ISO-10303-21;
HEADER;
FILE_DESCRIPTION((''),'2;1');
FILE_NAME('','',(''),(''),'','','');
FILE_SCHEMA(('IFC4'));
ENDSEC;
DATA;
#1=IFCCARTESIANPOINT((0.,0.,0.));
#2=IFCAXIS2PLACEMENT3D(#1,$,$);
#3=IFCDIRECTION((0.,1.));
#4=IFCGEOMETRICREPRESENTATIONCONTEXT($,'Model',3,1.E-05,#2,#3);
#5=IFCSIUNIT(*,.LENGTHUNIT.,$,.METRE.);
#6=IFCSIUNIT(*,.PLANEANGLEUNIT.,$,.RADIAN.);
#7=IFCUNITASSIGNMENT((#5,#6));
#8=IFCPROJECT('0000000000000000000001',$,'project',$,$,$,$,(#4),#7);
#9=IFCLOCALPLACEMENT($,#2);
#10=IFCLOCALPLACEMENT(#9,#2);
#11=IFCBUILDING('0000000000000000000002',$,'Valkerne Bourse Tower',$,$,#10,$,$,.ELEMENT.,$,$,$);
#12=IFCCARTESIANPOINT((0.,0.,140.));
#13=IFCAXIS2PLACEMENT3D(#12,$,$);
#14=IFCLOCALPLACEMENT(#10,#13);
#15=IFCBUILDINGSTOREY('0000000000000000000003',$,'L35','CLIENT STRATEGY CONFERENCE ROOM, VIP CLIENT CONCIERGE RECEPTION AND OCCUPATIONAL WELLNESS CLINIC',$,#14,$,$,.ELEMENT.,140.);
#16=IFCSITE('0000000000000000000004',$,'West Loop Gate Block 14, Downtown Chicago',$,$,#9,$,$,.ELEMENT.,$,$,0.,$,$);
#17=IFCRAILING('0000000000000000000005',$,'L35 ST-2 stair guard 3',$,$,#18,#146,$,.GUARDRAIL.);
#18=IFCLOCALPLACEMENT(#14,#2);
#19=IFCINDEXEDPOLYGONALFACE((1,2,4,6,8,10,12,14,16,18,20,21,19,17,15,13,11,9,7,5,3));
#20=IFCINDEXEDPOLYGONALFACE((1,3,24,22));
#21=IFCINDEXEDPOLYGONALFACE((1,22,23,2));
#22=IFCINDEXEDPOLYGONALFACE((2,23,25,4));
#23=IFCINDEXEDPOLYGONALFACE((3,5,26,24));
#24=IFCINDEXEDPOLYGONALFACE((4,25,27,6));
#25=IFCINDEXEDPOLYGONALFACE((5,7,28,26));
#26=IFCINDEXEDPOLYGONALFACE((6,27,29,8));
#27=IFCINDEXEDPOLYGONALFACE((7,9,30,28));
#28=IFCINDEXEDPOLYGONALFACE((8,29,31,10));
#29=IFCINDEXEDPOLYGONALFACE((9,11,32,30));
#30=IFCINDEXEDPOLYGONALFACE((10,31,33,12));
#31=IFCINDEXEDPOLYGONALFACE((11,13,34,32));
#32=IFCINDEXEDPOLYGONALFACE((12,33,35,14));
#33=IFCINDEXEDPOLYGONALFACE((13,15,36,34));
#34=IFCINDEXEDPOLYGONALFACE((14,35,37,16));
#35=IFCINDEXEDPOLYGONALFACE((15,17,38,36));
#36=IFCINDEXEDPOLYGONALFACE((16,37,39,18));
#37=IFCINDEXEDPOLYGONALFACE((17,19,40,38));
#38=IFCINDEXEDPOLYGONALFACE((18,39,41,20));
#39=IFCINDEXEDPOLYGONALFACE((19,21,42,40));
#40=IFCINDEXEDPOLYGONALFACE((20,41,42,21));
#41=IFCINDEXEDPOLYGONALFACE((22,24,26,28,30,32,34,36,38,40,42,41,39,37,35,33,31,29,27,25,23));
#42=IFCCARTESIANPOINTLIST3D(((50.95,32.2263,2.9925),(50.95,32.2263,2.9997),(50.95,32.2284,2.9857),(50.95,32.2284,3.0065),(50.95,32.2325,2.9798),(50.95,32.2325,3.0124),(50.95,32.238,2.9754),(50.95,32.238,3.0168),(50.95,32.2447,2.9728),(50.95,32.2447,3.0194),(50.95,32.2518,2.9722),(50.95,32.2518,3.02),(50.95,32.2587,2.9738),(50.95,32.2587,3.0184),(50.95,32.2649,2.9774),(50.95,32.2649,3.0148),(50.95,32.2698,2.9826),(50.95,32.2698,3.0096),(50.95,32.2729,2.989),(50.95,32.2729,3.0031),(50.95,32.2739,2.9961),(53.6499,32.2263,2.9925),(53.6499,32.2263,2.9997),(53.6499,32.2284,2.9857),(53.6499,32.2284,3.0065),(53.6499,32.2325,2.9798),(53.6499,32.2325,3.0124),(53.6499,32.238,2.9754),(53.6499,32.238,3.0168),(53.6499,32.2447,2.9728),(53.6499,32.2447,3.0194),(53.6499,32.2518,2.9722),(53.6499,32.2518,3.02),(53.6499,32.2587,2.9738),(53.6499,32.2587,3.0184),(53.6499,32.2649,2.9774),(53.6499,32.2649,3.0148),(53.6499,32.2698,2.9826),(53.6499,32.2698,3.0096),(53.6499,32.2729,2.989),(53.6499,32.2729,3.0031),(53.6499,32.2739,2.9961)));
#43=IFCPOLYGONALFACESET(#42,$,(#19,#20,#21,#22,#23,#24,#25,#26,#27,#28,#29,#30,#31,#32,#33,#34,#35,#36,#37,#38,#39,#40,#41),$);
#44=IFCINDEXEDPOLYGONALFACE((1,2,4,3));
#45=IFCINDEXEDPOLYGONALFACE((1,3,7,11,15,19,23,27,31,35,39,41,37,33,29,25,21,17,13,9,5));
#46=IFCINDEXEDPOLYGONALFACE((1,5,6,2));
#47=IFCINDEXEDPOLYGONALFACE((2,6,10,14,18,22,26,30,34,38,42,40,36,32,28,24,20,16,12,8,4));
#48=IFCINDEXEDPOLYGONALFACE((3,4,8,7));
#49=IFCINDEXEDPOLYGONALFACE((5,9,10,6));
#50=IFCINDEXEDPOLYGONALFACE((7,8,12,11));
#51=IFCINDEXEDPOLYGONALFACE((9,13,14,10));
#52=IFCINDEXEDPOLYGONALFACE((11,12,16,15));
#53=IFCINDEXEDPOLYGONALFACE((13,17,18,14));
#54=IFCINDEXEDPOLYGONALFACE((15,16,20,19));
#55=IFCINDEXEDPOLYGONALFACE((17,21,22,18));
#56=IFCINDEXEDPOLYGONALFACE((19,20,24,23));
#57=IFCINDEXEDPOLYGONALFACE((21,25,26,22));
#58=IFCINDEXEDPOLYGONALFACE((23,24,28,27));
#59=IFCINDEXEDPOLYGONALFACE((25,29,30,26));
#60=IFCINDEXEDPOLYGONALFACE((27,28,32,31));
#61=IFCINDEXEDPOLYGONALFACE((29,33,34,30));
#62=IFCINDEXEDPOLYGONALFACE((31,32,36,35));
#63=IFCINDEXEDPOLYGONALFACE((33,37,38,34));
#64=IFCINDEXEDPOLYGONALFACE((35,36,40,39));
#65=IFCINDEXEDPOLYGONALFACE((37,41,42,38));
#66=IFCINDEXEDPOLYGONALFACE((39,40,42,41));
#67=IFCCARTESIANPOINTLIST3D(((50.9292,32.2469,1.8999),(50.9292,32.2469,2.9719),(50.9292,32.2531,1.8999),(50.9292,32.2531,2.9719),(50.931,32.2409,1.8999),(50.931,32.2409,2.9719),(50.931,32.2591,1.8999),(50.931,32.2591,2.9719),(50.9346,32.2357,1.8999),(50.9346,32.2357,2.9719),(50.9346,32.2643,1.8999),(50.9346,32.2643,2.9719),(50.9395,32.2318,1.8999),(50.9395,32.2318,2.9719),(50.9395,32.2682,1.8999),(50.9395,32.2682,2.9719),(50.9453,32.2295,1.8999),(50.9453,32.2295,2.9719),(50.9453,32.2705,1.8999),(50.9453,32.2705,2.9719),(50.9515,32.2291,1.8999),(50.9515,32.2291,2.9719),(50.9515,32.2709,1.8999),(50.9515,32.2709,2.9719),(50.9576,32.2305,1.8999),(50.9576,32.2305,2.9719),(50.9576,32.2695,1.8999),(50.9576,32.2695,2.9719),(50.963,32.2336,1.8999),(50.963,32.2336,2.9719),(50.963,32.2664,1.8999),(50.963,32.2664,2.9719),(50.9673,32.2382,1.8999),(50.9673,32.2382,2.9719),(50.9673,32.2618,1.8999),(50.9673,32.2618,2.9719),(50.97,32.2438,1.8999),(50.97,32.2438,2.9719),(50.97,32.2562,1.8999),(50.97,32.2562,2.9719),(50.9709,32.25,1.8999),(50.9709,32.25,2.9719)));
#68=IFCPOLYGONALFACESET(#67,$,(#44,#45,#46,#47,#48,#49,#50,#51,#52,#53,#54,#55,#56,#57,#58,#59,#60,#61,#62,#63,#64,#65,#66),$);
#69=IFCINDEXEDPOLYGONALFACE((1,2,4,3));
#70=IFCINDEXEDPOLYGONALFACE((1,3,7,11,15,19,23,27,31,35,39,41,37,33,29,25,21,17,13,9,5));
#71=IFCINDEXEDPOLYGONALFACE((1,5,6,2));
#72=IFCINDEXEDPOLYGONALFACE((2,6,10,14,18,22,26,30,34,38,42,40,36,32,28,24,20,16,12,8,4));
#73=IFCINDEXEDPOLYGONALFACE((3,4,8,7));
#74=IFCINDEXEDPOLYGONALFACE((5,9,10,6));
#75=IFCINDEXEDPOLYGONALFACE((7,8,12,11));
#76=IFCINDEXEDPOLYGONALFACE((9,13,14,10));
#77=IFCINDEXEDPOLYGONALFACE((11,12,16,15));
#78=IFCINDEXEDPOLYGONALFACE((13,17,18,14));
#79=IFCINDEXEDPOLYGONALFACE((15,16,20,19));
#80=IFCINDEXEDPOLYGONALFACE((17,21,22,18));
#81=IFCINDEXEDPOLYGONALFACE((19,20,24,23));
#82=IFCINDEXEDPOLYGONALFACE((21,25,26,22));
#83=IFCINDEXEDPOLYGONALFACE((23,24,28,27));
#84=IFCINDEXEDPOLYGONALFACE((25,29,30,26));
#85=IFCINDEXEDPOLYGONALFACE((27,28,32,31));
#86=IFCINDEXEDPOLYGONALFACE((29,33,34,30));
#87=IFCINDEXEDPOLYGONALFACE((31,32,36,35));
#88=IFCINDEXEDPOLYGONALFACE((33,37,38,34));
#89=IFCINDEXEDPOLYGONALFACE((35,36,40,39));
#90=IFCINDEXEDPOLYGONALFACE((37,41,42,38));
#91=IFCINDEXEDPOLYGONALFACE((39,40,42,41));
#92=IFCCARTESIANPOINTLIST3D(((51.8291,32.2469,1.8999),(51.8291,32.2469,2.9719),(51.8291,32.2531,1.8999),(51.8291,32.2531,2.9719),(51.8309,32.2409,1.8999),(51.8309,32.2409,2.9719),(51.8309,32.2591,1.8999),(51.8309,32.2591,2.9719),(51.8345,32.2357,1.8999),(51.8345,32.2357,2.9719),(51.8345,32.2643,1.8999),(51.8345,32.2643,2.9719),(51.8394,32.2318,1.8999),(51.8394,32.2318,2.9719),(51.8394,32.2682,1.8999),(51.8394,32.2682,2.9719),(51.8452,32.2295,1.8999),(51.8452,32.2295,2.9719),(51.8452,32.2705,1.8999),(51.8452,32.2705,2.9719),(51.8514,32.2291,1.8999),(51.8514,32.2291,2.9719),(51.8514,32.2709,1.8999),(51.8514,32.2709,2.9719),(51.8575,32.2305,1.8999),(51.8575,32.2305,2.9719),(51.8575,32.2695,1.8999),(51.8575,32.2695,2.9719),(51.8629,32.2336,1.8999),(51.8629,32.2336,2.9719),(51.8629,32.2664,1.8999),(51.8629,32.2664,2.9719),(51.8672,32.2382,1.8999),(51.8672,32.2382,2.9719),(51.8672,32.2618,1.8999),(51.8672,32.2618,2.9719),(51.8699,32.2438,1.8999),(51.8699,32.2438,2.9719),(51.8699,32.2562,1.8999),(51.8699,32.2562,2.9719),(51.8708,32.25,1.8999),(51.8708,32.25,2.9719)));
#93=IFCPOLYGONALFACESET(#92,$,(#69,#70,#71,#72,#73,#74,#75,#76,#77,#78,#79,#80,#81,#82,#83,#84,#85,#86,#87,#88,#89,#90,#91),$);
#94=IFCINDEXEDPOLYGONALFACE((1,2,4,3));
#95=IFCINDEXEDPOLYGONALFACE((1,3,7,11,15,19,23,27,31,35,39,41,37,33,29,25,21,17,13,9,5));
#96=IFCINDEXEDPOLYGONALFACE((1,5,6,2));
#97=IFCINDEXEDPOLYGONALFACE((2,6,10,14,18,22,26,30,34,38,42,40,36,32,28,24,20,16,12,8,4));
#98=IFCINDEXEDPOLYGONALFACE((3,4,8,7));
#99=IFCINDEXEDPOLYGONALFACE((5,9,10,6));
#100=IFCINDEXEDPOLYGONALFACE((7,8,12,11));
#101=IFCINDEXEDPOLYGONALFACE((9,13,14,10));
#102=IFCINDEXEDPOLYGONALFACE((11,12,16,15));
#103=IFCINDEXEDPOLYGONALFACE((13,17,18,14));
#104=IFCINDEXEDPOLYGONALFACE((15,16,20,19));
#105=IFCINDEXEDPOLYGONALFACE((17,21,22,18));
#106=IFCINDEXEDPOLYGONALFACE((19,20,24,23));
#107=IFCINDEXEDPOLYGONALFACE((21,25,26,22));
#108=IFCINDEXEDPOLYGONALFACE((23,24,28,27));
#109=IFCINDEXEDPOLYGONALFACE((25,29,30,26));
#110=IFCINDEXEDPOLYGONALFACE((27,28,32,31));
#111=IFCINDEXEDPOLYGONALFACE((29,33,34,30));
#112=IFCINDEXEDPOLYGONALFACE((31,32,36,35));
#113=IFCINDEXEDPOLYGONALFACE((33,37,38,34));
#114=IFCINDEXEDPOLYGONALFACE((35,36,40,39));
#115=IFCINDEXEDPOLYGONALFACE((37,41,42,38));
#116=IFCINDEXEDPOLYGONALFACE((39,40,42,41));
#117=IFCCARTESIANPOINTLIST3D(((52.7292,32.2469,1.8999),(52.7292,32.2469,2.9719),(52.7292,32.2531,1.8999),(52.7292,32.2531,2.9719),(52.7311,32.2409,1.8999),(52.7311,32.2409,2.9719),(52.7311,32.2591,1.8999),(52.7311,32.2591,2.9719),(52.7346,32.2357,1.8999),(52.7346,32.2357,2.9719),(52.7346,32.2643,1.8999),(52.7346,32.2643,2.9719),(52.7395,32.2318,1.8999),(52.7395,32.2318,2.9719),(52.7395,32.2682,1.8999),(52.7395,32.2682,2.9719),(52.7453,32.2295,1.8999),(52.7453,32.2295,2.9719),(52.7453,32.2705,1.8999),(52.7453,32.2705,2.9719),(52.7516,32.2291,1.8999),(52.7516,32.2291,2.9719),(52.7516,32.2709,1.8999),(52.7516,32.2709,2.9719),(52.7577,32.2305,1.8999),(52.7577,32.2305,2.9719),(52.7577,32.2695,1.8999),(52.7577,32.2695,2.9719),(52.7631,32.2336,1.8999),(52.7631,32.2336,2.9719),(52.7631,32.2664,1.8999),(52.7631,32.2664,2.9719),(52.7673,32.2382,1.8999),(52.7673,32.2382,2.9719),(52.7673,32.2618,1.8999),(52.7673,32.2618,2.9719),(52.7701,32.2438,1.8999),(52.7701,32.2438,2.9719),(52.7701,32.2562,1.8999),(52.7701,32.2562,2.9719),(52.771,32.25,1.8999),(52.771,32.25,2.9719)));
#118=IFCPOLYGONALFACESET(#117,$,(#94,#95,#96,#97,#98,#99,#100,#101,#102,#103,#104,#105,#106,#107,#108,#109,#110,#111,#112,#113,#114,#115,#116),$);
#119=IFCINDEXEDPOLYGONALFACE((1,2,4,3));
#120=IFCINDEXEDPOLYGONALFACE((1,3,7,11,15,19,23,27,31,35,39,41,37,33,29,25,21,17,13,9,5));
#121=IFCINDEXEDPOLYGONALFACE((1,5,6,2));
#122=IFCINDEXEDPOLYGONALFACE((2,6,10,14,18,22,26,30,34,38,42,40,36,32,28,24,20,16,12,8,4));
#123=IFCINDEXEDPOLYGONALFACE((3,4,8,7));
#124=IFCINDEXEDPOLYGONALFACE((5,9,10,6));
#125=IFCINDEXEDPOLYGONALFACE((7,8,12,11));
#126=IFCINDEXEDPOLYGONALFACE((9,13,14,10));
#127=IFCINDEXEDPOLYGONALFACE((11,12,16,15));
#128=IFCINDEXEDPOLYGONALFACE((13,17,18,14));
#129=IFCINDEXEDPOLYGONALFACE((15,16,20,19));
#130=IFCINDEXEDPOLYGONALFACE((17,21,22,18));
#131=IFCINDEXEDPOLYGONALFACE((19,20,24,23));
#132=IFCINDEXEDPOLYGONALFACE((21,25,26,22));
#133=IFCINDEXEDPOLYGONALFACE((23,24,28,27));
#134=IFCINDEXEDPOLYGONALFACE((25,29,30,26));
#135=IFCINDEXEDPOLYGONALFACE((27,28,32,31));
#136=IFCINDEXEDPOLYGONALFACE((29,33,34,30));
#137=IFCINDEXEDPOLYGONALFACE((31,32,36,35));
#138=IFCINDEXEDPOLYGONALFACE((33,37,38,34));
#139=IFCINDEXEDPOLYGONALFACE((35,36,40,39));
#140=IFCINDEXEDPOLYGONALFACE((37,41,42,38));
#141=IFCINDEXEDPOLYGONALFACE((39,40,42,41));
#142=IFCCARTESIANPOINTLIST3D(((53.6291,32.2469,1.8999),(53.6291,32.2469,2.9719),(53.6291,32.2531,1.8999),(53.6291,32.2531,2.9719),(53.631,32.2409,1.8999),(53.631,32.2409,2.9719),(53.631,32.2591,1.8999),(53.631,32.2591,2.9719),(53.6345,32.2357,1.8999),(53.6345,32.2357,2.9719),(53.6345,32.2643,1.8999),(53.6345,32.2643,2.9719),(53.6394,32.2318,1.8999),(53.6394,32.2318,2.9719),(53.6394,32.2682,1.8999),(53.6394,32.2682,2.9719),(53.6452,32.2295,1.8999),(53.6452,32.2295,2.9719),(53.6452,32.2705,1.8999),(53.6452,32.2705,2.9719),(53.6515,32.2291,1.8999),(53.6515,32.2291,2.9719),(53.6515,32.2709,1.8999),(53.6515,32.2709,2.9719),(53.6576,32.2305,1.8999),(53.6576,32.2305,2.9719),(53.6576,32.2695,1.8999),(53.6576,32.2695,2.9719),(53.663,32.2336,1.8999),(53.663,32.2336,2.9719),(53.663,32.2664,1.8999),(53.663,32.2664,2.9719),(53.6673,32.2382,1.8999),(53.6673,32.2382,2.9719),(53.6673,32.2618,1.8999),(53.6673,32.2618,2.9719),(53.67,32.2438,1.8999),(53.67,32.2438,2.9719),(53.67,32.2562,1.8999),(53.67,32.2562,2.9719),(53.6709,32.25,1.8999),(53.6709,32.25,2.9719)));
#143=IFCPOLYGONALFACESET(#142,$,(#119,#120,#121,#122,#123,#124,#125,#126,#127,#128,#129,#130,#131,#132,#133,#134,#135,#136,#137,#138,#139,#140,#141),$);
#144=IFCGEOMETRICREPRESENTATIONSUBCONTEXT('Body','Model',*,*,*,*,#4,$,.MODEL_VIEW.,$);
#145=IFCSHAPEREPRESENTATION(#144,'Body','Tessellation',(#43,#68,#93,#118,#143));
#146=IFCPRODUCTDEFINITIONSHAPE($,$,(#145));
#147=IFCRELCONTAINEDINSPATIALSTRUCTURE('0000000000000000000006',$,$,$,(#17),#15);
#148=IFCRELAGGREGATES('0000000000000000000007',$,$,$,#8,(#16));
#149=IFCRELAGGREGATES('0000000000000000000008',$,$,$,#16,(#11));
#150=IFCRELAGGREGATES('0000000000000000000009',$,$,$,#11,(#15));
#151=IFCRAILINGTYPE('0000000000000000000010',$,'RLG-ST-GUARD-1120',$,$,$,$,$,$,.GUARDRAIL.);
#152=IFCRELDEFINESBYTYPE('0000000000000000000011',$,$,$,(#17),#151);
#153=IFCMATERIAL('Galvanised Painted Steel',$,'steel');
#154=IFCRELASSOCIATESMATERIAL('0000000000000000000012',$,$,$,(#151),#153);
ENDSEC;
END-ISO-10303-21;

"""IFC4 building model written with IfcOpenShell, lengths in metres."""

from ifc_helpers import new_model, si_unit, direction, frame, origin, origin_2d, place, context, subcontext, project, spatial, circle, extrude, material, type_object, element, save


model = new_model("IFC4")

# Units and contexts
model_context = context("Model", 3, precision=1e-05, world=origin(), true_north=direction((0.0, 1.0)))
body_context = subcontext(model_context, "Body", "Model", "MODEL_VIEW")
ifc_project = project(units=[si_unit("LENGTHUNIT", "METRE"), si_unit("PLANEANGLEUNIT", "RADIAN")], contexts=[model_context])

# Site, building, storey
site_placement = place(None, origin())
site = spatial("IfcSite", under=ifc_project, at=site_placement, Name="West Loop Gate Block 14, Downtown Chicago", CompositionType="ELEMENT", RefElevation=0.0)
building_placement = place(site_placement, origin())
building = spatial("IfcBuilding", under=site, at=building_placement, Name="Valkerne Bourse Tower", CompositionType="ELEMENT")
storey_placement = place(building_placement, frame((0.0, 0.0, 140.0)))
storey = spatial("IfcBuildingStorey", under=building, at=storey_placement, Name="L35", Description="CLIENT STRATEGY CONFERENCE ROOM, VIP CLIENT CONCIERGE RECEPTION AND OCCUPATIONAL WELLNESS CLINIC", CompositionType="ELEMENT", Elevation=140.0)

# Shared definitions
ifc_material_1 = material(Name="Galvanised Painted Steel", Category="steel")

# Railing
railing_type_1 = type_object("IfcRailingType", Name="RLG-ST-GUARD-1120", PredefinedType="GUARDRAIL", material=ifc_material_1)
for number, where, name in (
    (1, (50.95, 32.25, 1.8999), "L35 ST-2 stair guard 3"),
):
    element("IfcRailing", number, at=place(storey_placement, frame(where)), inside=storey, type_object=railing_type_1, Name=name, PredefinedType="GUARDRAIL", context=body_context, shape_type="SweptSolid", body=[
        extrude(circle(Radius=0.0239, at=origin_2d()), frame((0.0, 0.0, 1.0962), z_axis=(1.0, 0.0, 0.0), x_axis=(0.0, 1.0, 0.0)), (0.0, 0.0, 1.0), 2.7),
        extrude(circle(Radius=0.021, at=origin_2d()), origin(), (0.0, 0.0, 1.0), 1.072),
        extrude(circle(Radius=0.021, at=origin_2d()), frame((0.8999, 0.0, 0.0)), (0.0, 0.0, 1.0), 1.072),
        extrude(circle(Radius=0.021, at=origin_2d()), frame((1.8, 0.0, 0.0)), (0.0, 0.0, 1.0), 1.072),
        extrude(circle(Radius=0.021, at=origin_2d()), frame((2.7, 0.0, 0.0)), (0.0, 0.0, 1.0), 1.072),
    ])

save(model, "model.ifc")
